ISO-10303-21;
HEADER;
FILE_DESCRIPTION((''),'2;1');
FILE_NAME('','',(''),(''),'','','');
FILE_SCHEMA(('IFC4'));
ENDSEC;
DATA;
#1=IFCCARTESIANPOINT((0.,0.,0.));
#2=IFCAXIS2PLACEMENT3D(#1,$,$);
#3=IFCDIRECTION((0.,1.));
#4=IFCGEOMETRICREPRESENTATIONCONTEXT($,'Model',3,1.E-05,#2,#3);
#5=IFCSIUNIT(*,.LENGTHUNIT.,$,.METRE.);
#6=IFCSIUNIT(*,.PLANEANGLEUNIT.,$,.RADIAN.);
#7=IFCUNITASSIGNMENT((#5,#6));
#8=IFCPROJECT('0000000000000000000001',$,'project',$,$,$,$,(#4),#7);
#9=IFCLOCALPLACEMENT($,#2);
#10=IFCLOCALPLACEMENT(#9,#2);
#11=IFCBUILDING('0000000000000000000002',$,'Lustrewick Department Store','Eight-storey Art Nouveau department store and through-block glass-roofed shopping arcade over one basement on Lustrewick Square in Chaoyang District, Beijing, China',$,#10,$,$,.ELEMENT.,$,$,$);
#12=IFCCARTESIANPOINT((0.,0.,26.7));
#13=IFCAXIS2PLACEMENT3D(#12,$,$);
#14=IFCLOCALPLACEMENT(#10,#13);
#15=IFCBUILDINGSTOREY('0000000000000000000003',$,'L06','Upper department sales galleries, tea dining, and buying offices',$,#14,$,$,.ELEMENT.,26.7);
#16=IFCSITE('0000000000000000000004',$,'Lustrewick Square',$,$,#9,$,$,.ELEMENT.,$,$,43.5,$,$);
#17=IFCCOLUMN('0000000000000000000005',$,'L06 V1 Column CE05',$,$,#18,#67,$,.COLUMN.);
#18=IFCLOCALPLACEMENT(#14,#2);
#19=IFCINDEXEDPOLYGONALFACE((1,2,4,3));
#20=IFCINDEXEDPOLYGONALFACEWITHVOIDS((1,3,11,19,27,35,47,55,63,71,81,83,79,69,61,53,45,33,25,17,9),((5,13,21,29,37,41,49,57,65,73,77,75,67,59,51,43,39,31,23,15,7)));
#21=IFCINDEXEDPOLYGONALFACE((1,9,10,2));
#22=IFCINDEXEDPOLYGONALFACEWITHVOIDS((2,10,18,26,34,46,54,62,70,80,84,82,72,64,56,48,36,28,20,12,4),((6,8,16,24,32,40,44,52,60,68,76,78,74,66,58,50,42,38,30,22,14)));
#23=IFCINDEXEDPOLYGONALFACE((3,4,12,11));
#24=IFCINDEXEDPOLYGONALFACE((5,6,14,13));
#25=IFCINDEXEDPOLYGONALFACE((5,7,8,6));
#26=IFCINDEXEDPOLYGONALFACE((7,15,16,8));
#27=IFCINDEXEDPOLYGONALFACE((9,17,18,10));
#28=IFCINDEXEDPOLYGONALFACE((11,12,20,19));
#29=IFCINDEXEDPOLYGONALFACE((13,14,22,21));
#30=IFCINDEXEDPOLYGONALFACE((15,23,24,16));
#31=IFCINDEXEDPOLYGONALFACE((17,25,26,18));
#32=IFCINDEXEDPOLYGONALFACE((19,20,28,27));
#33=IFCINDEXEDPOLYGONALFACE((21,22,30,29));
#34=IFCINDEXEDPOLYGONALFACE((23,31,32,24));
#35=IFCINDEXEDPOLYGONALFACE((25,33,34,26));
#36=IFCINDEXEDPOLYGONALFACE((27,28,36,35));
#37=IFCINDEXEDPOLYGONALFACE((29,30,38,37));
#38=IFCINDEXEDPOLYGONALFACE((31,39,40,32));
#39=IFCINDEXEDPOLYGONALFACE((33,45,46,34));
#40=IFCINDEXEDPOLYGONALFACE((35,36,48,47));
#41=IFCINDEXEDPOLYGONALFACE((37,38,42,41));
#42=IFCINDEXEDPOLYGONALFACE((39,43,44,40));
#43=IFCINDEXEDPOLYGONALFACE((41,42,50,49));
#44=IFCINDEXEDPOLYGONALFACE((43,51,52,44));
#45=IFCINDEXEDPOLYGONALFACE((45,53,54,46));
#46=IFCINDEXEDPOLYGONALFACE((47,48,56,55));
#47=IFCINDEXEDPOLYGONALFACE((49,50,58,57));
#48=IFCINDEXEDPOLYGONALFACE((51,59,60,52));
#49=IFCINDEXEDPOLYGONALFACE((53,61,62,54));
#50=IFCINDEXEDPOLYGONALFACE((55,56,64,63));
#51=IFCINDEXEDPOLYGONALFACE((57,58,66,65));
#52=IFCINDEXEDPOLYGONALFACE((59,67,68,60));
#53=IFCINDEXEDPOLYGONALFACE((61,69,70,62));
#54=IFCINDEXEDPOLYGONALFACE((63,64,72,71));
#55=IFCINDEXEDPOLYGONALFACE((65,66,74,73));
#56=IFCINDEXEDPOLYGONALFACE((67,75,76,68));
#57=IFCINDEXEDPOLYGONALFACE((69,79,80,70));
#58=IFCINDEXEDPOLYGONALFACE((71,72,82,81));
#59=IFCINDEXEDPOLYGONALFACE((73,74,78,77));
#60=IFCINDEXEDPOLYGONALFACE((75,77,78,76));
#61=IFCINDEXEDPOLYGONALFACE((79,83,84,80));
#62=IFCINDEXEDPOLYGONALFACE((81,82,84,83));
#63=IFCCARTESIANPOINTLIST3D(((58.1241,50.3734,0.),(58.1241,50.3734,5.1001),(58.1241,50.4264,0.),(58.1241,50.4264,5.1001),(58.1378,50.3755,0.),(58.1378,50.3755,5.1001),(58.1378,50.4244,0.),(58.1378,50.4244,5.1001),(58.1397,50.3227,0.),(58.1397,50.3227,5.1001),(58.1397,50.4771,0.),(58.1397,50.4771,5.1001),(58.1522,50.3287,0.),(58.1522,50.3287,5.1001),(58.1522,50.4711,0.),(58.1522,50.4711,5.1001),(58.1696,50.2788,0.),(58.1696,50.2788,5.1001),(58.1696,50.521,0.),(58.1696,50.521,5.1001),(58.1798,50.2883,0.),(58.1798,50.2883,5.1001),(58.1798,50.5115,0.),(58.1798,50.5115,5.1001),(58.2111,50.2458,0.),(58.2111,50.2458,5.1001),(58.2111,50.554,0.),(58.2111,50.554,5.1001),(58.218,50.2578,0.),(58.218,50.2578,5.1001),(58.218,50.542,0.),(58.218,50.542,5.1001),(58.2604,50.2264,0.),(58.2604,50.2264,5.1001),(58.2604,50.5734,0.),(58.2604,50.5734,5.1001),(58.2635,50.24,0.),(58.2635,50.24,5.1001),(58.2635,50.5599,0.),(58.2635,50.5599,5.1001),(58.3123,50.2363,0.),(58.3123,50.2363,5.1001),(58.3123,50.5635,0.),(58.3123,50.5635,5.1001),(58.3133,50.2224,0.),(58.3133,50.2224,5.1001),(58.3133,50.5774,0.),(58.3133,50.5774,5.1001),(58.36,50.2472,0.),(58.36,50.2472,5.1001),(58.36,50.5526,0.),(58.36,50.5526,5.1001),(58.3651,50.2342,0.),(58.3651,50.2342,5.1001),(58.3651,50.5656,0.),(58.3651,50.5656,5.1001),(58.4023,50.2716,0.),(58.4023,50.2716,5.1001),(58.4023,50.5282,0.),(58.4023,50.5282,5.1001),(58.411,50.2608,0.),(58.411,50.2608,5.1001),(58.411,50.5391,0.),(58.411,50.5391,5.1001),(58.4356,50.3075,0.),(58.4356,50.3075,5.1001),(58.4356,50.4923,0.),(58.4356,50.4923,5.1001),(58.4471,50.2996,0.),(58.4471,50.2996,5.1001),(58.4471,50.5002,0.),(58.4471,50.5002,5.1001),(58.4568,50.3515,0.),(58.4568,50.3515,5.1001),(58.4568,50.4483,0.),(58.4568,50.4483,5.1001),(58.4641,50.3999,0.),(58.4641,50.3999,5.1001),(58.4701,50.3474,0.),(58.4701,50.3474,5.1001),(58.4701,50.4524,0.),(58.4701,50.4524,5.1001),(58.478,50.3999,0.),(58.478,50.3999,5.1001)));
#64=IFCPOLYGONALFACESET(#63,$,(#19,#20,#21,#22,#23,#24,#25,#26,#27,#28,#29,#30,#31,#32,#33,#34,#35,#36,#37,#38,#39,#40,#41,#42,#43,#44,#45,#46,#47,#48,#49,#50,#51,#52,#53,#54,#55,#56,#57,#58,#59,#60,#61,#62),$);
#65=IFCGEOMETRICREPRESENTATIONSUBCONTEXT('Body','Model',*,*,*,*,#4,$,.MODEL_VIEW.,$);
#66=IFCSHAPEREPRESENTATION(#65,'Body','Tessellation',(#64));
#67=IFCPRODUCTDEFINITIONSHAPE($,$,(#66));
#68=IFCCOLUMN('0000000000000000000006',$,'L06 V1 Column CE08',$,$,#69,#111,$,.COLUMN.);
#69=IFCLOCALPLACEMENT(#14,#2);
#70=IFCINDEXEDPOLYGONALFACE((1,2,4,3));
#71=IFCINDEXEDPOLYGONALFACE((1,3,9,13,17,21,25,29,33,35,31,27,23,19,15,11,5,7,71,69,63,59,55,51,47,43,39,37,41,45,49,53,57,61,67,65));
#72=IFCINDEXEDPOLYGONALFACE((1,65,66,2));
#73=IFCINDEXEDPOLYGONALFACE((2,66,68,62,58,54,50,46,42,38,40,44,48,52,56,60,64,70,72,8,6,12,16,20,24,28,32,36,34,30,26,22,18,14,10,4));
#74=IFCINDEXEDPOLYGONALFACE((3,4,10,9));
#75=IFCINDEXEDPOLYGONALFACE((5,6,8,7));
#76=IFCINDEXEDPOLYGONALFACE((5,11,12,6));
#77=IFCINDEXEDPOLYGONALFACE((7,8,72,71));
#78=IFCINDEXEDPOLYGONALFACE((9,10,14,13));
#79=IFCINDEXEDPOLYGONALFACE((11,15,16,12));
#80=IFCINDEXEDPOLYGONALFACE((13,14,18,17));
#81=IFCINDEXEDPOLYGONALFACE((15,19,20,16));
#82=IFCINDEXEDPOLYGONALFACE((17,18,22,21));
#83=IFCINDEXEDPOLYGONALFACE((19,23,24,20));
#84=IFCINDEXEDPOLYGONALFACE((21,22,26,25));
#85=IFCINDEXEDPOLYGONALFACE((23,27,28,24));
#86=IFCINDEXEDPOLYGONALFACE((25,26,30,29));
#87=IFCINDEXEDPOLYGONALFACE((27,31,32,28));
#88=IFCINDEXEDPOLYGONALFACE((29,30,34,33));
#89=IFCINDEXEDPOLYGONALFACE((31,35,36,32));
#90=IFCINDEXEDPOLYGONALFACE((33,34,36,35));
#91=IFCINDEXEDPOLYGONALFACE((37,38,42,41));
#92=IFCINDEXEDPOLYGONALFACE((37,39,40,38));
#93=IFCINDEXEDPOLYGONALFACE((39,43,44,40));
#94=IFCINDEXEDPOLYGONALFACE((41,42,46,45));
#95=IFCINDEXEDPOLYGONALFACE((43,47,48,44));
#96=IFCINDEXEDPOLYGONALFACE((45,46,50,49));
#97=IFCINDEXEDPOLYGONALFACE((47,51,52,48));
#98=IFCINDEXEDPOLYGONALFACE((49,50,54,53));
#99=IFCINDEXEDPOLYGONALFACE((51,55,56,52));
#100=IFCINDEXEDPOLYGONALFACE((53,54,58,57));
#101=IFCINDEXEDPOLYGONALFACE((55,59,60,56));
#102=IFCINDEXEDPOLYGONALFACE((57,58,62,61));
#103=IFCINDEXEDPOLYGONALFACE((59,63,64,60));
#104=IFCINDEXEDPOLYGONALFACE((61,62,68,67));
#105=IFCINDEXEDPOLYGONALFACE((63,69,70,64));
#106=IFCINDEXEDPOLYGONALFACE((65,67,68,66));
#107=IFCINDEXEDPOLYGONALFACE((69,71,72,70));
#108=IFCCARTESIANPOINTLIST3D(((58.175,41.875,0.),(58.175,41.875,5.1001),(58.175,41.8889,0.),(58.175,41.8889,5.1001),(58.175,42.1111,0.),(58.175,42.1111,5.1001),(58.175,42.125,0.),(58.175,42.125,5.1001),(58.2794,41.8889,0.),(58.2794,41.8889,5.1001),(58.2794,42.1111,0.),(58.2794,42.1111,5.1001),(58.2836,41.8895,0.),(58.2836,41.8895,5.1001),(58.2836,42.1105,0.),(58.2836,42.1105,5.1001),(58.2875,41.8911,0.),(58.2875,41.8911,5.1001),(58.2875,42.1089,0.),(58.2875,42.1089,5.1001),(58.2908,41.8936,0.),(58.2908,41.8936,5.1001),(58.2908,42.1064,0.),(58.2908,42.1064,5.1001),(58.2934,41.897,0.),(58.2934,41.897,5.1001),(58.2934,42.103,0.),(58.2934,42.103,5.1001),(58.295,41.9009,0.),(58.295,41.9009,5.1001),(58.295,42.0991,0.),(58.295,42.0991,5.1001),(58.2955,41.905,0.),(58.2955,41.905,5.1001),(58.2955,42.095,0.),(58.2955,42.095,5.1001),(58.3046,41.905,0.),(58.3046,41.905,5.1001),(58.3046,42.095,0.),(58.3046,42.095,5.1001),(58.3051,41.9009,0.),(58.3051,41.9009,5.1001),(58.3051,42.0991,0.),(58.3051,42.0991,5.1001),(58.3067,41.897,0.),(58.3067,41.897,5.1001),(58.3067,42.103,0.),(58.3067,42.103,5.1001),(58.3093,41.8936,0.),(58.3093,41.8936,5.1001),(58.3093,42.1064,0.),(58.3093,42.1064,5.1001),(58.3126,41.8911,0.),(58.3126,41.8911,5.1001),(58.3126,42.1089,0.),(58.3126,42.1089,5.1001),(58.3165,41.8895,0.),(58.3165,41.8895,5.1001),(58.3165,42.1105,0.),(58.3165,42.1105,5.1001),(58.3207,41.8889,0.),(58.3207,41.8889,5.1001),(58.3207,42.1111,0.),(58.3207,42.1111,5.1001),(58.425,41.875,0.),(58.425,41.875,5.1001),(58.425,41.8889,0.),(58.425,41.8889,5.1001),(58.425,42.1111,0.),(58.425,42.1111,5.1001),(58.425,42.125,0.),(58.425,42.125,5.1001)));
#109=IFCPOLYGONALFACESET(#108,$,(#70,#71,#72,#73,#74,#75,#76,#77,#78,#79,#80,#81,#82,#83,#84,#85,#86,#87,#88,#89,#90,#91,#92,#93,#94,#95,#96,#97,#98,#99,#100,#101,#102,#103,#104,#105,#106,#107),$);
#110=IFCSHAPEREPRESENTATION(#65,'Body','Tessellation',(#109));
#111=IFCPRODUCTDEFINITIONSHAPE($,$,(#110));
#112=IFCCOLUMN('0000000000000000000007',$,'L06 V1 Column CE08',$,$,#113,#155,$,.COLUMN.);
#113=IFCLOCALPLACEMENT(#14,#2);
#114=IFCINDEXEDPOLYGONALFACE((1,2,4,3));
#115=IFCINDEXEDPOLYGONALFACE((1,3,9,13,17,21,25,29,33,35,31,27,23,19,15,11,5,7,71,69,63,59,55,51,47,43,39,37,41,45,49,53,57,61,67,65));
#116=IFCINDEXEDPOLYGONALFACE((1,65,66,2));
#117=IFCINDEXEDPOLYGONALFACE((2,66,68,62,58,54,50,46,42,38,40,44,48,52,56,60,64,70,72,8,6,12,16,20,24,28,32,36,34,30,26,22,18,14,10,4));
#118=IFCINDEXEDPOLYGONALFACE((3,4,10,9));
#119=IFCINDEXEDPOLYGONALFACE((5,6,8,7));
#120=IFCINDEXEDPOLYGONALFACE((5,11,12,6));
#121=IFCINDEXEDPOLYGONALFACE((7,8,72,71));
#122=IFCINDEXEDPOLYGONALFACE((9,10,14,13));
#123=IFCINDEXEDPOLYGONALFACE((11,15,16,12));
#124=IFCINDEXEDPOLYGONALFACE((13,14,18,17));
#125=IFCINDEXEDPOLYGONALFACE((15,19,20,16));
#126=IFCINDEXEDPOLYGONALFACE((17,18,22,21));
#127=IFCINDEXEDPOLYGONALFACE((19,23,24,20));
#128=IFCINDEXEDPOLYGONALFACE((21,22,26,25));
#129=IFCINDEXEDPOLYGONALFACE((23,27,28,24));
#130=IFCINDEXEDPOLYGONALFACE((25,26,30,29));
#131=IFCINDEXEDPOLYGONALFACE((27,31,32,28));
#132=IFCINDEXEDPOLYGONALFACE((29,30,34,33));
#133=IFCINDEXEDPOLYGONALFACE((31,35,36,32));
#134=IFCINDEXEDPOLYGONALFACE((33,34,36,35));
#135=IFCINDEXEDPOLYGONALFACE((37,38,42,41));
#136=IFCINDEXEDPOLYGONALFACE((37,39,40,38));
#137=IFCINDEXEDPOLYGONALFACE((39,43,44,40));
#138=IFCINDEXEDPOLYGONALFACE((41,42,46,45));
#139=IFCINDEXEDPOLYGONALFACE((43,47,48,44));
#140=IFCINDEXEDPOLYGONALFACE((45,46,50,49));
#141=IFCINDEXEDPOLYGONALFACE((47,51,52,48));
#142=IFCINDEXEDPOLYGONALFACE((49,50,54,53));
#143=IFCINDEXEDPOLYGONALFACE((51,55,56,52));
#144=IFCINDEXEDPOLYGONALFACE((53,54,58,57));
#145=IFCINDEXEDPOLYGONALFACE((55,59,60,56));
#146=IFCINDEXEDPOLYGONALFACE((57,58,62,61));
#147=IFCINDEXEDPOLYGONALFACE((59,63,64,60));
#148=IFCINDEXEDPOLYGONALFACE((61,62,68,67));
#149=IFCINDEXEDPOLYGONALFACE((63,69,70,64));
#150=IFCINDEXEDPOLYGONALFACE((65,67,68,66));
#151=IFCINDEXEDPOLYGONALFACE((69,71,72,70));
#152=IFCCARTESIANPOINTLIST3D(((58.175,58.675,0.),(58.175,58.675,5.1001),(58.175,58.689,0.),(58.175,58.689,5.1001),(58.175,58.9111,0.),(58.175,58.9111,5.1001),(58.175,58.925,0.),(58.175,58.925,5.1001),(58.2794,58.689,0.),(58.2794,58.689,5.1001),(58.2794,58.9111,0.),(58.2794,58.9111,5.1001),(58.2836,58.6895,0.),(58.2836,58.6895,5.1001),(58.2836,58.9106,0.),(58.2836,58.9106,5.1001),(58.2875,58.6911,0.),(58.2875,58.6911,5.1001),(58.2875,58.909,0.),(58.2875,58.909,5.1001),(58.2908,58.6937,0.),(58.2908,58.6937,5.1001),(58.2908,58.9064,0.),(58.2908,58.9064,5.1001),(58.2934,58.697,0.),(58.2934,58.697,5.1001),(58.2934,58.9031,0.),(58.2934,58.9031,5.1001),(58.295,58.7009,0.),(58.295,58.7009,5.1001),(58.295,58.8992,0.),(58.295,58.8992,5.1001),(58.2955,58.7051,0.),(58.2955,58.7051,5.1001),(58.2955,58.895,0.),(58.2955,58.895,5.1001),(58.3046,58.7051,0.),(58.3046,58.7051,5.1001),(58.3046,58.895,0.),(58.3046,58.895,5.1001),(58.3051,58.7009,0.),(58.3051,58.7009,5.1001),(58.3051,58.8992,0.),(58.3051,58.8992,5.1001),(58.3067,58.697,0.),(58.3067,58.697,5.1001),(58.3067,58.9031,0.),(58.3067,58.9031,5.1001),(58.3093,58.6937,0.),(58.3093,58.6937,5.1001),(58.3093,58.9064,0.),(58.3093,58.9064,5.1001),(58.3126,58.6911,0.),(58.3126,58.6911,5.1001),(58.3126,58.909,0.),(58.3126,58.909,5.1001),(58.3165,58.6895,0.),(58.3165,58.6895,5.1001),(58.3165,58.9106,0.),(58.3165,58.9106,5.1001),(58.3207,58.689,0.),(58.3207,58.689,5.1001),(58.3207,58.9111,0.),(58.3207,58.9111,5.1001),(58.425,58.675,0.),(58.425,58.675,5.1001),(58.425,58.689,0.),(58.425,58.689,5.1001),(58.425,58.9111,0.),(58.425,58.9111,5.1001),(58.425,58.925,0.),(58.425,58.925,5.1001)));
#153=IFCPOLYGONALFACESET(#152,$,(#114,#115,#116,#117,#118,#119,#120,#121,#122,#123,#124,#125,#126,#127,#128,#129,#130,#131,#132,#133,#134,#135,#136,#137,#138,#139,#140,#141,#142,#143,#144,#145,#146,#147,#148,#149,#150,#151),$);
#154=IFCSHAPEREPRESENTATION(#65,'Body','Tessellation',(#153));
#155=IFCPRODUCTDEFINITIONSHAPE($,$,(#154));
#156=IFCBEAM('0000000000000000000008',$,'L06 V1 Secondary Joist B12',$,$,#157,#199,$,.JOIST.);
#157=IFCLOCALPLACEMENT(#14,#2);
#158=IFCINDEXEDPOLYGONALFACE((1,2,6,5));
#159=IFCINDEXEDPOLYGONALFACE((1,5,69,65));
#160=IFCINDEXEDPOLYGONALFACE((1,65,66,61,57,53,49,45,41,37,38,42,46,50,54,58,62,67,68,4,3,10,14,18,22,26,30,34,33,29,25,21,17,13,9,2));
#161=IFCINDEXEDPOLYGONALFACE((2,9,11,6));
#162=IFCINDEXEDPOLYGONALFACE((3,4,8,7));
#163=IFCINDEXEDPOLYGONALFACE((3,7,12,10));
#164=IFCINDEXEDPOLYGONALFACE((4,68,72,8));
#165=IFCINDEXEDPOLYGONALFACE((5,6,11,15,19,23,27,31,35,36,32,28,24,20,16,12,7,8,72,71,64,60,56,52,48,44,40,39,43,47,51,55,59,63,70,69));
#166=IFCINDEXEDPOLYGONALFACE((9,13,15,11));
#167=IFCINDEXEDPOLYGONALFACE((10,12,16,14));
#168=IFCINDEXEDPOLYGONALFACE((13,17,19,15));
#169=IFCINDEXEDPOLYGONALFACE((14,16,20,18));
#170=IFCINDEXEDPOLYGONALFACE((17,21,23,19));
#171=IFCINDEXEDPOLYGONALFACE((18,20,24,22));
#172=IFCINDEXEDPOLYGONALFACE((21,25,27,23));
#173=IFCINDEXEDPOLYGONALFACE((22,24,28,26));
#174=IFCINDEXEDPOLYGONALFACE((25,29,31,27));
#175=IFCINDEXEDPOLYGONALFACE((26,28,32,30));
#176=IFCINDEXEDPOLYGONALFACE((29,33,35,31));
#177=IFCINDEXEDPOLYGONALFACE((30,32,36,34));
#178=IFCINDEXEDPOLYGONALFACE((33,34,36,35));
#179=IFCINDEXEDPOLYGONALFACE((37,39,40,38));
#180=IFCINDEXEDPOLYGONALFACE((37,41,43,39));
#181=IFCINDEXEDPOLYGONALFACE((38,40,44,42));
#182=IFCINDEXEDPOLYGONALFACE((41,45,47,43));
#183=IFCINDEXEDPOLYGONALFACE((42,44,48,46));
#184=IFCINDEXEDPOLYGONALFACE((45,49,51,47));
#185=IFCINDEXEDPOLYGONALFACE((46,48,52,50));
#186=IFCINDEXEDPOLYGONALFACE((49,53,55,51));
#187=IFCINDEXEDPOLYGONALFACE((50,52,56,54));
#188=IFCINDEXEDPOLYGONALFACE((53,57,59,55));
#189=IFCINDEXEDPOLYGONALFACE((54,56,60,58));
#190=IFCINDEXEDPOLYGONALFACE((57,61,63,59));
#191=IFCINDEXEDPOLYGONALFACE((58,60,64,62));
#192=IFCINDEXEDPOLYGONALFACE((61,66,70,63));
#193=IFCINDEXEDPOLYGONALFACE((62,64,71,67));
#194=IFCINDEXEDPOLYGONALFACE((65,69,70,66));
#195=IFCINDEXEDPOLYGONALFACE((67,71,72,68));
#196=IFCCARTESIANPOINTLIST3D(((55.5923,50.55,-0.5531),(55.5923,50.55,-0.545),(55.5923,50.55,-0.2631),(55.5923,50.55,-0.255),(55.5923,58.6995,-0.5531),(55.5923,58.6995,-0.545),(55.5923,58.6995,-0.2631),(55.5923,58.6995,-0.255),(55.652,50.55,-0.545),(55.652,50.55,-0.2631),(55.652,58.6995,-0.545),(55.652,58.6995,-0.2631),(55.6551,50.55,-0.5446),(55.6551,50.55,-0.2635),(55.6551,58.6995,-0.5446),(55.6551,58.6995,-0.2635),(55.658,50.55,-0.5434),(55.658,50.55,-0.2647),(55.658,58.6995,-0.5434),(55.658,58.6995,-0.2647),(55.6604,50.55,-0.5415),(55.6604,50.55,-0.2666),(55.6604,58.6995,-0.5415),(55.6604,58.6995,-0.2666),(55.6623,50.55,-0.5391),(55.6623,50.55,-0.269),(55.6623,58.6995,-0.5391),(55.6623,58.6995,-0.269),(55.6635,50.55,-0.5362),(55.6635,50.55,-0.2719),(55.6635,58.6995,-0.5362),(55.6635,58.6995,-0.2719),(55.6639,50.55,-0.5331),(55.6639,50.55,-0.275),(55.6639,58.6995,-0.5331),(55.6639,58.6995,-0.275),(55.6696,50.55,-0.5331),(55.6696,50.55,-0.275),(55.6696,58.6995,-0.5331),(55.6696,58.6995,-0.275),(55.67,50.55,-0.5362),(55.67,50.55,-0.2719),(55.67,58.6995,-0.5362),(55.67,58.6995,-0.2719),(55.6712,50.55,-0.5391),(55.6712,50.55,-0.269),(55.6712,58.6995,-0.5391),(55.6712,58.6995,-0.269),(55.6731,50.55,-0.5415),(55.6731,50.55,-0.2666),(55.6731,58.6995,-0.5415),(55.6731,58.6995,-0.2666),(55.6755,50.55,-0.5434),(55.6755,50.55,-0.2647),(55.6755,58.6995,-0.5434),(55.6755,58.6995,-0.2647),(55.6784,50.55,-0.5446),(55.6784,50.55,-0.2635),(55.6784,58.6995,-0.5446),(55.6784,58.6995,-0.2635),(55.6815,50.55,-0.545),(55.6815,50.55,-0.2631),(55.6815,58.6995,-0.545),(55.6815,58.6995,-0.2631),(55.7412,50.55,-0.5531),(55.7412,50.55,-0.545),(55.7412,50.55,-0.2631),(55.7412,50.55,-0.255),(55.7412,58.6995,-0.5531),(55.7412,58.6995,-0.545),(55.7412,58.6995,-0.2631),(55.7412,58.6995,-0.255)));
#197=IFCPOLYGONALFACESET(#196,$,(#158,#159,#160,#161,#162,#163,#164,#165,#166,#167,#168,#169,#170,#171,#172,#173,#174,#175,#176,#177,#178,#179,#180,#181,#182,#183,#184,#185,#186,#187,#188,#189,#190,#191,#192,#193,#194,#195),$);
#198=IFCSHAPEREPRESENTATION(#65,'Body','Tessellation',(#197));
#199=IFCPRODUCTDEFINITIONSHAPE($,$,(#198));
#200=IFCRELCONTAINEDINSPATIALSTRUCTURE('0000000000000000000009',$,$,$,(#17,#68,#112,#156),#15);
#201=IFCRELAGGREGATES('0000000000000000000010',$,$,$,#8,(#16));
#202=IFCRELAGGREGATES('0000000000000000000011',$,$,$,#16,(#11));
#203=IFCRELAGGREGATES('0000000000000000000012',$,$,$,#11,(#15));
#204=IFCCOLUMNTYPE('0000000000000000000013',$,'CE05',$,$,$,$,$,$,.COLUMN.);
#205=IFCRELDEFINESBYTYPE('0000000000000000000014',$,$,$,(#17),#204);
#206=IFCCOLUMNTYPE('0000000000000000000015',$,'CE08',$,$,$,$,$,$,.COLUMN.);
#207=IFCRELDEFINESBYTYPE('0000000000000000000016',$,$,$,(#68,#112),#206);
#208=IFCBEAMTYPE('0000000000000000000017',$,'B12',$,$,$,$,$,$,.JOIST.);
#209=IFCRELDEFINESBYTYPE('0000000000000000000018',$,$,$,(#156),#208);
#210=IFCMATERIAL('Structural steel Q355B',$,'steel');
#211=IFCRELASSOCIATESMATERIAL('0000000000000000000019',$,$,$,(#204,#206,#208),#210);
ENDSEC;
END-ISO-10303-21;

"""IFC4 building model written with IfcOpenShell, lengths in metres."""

from ifc_helpers import new_model, si_unit, direction, frame, origin, origin_2d, place, context, subcontext, project, spatial, hollow_circle, i_section, extrude, material, material_profile, profile_set, type_object, element, save


model = new_model("IFC4")

# Units and contexts
model_context = context("Model", 3, precision=1e-05, world=origin(), true_north=direction((0.0, 1.0)))
body_context = subcontext(model_context, "Body", "Model", "MODEL_VIEW")
ifc_project = project(units=[si_unit("LENGTHUNIT", "METRE"), si_unit("PLANEANGLEUNIT", "RADIAN")], contexts=[model_context])

# Site, building, storey
site_placement = place(None, origin())
site = spatial("IfcSite", under=ifc_project, at=site_placement, Name="Lustrewick Square", CompositionType="ELEMENT", RefElevation=43.5)
building_placement = place(site_placement, origin())
building = spatial("IfcBuilding", under=site, at=building_placement, Name="Lustrewick Department Store", Description="Eight-storey Art Nouveau department store and through-block glass-roofed shopping arcade over one basement on Lustrewick Square in Chaoyang District, Beijing, China", CompositionType="ELEMENT")
storey_placement = place(building_placement, frame((0.0, 0.0, 26.7)))
storey = spatial("IfcBuildingStorey", under=building, at=storey_placement, Name="L06", Description="Upper department sales galleries, tea dining, and buying offices", CompositionType="ELEMENT", Elevation=26.7)

# Columns
ifc_material_1 = material(Name="Structural steel Q355B", Category="steel")
ifc_material_profile_1 = material_profile(ifc_material_1, hollow_circle(Radius=0.178, WallThickness=0.0139, at=origin_2d()), Name="CHS 356x14")
ifc_profile_set_1 = profile_set([ifc_material_profile_1], Name="Structural steel Q355B")
column_type_1 = type_object("IfcColumnType", Name="CE05", PredefinedType="COLUMN", material=ifc_profile_set_1)
column_placement = place(storey_placement, frame((58.3, 50.3999, 0.0), z_axis=(0.0, 0.0, 1.0), x_axis=(1.0, 0.0, 0.0)))
element("IfcColumn", 1, at=column_placement, inside=storey, type_object=column_type_1, Name="L06 V1 Column CE05", PredefinedType="COLUMN", context=body_context, shape_type="SweptSolid", body=[
    extrude(hollow_circle(Radius=0.178, WallThickness=0.0139, at=origin_2d()), origin(), (0.0, 0.0, 1.0), 5.1001),
])
ifc_material_profile_2 = material_profile(ifc_material_1, i_section(OverallWidth=0.25, OverallDepth=0.25, WebThickness=0.009, FlangeThickness=0.0139, FilletRadius=0.0161, at=origin_2d()), Name="HW 250x250x9x14")
ifc_profile_set_2 = profile_set([ifc_material_profile_2], Name="Structural steel Q355B")
column_type_2 = type_object("IfcColumnType", Name="CE08", PredefinedType="COLUMN", material=ifc_profile_set_2)
for number, where, z_axis, x_axis, name in (
    (2, (58.3, 42.0, 0.0), (0.0, 0.0, 1.0), (1.0, 0.0, 0.0), "L06 V1 Column CE08"),
    (3, (58.3, 58.8, 0.0), (0.0, 0.0, 1.0), (1.0, 0.0, 0.0), "L06 V1 Column CE08"),
):
    element("IfcColumn", number, at=place(storey_placement, frame(where, z_axis=z_axis, x_axis=x_axis)), inside=storey, type_object=column_type_2, Name=name, PredefinedType="COLUMN", context=body_context, shape_type="SweptSolid", body=[
        extrude(i_section(OverallWidth=0.25, OverallDepth=0.25, WebThickness=0.009, FlangeThickness=0.0139, FilletRadius=0.0161, at=origin_2d()), origin(), (0.0, 0.0, 1.0), 5.1001),
    ])

# Beam
ifc_material_profile_3 = material_profile(ifc_material_1, i_section(OverallWidth=0.1489, OverallDepth=0.2981, WebThickness=0.0056, FlangeThickness=0.0081, FilletRadius=0.012, at=origin_2d()), Name="HN 298x149x5.5x8")
ifc_profile_set_3 = profile_set([ifc_material_profile_3], Name="Structural steel Q355B")
beam_type_1 = type_object("IfcBeamType", Name="B12", PredefinedType="JOIST", material=ifc_profile_set_3)
beam_1_placement = place(storey_placement, frame((55.6667, 50.55, -0.4041), z_axis=(0.0, 1.0, 0.0), x_axis=(-1.0, 0.0, 0.0)))
element("IfcBeam", 4, at=beam_1_placement, inside=storey, type_object=beam_type_1, Name="L06 V1 Secondary Joist B12", PredefinedType="JOIST", context=body_context, shape_type="SweptSolid", body=[
    extrude(i_section(OverallWidth=0.1489, OverallDepth=0.2981, WebThickness=0.0056, FlangeThickness=0.0081, FilletRadius=0.012, at=origin_2d()), origin(), (0.0, 0.0, 1.0), 8.1494),
])

save(model, "model.ifc")
